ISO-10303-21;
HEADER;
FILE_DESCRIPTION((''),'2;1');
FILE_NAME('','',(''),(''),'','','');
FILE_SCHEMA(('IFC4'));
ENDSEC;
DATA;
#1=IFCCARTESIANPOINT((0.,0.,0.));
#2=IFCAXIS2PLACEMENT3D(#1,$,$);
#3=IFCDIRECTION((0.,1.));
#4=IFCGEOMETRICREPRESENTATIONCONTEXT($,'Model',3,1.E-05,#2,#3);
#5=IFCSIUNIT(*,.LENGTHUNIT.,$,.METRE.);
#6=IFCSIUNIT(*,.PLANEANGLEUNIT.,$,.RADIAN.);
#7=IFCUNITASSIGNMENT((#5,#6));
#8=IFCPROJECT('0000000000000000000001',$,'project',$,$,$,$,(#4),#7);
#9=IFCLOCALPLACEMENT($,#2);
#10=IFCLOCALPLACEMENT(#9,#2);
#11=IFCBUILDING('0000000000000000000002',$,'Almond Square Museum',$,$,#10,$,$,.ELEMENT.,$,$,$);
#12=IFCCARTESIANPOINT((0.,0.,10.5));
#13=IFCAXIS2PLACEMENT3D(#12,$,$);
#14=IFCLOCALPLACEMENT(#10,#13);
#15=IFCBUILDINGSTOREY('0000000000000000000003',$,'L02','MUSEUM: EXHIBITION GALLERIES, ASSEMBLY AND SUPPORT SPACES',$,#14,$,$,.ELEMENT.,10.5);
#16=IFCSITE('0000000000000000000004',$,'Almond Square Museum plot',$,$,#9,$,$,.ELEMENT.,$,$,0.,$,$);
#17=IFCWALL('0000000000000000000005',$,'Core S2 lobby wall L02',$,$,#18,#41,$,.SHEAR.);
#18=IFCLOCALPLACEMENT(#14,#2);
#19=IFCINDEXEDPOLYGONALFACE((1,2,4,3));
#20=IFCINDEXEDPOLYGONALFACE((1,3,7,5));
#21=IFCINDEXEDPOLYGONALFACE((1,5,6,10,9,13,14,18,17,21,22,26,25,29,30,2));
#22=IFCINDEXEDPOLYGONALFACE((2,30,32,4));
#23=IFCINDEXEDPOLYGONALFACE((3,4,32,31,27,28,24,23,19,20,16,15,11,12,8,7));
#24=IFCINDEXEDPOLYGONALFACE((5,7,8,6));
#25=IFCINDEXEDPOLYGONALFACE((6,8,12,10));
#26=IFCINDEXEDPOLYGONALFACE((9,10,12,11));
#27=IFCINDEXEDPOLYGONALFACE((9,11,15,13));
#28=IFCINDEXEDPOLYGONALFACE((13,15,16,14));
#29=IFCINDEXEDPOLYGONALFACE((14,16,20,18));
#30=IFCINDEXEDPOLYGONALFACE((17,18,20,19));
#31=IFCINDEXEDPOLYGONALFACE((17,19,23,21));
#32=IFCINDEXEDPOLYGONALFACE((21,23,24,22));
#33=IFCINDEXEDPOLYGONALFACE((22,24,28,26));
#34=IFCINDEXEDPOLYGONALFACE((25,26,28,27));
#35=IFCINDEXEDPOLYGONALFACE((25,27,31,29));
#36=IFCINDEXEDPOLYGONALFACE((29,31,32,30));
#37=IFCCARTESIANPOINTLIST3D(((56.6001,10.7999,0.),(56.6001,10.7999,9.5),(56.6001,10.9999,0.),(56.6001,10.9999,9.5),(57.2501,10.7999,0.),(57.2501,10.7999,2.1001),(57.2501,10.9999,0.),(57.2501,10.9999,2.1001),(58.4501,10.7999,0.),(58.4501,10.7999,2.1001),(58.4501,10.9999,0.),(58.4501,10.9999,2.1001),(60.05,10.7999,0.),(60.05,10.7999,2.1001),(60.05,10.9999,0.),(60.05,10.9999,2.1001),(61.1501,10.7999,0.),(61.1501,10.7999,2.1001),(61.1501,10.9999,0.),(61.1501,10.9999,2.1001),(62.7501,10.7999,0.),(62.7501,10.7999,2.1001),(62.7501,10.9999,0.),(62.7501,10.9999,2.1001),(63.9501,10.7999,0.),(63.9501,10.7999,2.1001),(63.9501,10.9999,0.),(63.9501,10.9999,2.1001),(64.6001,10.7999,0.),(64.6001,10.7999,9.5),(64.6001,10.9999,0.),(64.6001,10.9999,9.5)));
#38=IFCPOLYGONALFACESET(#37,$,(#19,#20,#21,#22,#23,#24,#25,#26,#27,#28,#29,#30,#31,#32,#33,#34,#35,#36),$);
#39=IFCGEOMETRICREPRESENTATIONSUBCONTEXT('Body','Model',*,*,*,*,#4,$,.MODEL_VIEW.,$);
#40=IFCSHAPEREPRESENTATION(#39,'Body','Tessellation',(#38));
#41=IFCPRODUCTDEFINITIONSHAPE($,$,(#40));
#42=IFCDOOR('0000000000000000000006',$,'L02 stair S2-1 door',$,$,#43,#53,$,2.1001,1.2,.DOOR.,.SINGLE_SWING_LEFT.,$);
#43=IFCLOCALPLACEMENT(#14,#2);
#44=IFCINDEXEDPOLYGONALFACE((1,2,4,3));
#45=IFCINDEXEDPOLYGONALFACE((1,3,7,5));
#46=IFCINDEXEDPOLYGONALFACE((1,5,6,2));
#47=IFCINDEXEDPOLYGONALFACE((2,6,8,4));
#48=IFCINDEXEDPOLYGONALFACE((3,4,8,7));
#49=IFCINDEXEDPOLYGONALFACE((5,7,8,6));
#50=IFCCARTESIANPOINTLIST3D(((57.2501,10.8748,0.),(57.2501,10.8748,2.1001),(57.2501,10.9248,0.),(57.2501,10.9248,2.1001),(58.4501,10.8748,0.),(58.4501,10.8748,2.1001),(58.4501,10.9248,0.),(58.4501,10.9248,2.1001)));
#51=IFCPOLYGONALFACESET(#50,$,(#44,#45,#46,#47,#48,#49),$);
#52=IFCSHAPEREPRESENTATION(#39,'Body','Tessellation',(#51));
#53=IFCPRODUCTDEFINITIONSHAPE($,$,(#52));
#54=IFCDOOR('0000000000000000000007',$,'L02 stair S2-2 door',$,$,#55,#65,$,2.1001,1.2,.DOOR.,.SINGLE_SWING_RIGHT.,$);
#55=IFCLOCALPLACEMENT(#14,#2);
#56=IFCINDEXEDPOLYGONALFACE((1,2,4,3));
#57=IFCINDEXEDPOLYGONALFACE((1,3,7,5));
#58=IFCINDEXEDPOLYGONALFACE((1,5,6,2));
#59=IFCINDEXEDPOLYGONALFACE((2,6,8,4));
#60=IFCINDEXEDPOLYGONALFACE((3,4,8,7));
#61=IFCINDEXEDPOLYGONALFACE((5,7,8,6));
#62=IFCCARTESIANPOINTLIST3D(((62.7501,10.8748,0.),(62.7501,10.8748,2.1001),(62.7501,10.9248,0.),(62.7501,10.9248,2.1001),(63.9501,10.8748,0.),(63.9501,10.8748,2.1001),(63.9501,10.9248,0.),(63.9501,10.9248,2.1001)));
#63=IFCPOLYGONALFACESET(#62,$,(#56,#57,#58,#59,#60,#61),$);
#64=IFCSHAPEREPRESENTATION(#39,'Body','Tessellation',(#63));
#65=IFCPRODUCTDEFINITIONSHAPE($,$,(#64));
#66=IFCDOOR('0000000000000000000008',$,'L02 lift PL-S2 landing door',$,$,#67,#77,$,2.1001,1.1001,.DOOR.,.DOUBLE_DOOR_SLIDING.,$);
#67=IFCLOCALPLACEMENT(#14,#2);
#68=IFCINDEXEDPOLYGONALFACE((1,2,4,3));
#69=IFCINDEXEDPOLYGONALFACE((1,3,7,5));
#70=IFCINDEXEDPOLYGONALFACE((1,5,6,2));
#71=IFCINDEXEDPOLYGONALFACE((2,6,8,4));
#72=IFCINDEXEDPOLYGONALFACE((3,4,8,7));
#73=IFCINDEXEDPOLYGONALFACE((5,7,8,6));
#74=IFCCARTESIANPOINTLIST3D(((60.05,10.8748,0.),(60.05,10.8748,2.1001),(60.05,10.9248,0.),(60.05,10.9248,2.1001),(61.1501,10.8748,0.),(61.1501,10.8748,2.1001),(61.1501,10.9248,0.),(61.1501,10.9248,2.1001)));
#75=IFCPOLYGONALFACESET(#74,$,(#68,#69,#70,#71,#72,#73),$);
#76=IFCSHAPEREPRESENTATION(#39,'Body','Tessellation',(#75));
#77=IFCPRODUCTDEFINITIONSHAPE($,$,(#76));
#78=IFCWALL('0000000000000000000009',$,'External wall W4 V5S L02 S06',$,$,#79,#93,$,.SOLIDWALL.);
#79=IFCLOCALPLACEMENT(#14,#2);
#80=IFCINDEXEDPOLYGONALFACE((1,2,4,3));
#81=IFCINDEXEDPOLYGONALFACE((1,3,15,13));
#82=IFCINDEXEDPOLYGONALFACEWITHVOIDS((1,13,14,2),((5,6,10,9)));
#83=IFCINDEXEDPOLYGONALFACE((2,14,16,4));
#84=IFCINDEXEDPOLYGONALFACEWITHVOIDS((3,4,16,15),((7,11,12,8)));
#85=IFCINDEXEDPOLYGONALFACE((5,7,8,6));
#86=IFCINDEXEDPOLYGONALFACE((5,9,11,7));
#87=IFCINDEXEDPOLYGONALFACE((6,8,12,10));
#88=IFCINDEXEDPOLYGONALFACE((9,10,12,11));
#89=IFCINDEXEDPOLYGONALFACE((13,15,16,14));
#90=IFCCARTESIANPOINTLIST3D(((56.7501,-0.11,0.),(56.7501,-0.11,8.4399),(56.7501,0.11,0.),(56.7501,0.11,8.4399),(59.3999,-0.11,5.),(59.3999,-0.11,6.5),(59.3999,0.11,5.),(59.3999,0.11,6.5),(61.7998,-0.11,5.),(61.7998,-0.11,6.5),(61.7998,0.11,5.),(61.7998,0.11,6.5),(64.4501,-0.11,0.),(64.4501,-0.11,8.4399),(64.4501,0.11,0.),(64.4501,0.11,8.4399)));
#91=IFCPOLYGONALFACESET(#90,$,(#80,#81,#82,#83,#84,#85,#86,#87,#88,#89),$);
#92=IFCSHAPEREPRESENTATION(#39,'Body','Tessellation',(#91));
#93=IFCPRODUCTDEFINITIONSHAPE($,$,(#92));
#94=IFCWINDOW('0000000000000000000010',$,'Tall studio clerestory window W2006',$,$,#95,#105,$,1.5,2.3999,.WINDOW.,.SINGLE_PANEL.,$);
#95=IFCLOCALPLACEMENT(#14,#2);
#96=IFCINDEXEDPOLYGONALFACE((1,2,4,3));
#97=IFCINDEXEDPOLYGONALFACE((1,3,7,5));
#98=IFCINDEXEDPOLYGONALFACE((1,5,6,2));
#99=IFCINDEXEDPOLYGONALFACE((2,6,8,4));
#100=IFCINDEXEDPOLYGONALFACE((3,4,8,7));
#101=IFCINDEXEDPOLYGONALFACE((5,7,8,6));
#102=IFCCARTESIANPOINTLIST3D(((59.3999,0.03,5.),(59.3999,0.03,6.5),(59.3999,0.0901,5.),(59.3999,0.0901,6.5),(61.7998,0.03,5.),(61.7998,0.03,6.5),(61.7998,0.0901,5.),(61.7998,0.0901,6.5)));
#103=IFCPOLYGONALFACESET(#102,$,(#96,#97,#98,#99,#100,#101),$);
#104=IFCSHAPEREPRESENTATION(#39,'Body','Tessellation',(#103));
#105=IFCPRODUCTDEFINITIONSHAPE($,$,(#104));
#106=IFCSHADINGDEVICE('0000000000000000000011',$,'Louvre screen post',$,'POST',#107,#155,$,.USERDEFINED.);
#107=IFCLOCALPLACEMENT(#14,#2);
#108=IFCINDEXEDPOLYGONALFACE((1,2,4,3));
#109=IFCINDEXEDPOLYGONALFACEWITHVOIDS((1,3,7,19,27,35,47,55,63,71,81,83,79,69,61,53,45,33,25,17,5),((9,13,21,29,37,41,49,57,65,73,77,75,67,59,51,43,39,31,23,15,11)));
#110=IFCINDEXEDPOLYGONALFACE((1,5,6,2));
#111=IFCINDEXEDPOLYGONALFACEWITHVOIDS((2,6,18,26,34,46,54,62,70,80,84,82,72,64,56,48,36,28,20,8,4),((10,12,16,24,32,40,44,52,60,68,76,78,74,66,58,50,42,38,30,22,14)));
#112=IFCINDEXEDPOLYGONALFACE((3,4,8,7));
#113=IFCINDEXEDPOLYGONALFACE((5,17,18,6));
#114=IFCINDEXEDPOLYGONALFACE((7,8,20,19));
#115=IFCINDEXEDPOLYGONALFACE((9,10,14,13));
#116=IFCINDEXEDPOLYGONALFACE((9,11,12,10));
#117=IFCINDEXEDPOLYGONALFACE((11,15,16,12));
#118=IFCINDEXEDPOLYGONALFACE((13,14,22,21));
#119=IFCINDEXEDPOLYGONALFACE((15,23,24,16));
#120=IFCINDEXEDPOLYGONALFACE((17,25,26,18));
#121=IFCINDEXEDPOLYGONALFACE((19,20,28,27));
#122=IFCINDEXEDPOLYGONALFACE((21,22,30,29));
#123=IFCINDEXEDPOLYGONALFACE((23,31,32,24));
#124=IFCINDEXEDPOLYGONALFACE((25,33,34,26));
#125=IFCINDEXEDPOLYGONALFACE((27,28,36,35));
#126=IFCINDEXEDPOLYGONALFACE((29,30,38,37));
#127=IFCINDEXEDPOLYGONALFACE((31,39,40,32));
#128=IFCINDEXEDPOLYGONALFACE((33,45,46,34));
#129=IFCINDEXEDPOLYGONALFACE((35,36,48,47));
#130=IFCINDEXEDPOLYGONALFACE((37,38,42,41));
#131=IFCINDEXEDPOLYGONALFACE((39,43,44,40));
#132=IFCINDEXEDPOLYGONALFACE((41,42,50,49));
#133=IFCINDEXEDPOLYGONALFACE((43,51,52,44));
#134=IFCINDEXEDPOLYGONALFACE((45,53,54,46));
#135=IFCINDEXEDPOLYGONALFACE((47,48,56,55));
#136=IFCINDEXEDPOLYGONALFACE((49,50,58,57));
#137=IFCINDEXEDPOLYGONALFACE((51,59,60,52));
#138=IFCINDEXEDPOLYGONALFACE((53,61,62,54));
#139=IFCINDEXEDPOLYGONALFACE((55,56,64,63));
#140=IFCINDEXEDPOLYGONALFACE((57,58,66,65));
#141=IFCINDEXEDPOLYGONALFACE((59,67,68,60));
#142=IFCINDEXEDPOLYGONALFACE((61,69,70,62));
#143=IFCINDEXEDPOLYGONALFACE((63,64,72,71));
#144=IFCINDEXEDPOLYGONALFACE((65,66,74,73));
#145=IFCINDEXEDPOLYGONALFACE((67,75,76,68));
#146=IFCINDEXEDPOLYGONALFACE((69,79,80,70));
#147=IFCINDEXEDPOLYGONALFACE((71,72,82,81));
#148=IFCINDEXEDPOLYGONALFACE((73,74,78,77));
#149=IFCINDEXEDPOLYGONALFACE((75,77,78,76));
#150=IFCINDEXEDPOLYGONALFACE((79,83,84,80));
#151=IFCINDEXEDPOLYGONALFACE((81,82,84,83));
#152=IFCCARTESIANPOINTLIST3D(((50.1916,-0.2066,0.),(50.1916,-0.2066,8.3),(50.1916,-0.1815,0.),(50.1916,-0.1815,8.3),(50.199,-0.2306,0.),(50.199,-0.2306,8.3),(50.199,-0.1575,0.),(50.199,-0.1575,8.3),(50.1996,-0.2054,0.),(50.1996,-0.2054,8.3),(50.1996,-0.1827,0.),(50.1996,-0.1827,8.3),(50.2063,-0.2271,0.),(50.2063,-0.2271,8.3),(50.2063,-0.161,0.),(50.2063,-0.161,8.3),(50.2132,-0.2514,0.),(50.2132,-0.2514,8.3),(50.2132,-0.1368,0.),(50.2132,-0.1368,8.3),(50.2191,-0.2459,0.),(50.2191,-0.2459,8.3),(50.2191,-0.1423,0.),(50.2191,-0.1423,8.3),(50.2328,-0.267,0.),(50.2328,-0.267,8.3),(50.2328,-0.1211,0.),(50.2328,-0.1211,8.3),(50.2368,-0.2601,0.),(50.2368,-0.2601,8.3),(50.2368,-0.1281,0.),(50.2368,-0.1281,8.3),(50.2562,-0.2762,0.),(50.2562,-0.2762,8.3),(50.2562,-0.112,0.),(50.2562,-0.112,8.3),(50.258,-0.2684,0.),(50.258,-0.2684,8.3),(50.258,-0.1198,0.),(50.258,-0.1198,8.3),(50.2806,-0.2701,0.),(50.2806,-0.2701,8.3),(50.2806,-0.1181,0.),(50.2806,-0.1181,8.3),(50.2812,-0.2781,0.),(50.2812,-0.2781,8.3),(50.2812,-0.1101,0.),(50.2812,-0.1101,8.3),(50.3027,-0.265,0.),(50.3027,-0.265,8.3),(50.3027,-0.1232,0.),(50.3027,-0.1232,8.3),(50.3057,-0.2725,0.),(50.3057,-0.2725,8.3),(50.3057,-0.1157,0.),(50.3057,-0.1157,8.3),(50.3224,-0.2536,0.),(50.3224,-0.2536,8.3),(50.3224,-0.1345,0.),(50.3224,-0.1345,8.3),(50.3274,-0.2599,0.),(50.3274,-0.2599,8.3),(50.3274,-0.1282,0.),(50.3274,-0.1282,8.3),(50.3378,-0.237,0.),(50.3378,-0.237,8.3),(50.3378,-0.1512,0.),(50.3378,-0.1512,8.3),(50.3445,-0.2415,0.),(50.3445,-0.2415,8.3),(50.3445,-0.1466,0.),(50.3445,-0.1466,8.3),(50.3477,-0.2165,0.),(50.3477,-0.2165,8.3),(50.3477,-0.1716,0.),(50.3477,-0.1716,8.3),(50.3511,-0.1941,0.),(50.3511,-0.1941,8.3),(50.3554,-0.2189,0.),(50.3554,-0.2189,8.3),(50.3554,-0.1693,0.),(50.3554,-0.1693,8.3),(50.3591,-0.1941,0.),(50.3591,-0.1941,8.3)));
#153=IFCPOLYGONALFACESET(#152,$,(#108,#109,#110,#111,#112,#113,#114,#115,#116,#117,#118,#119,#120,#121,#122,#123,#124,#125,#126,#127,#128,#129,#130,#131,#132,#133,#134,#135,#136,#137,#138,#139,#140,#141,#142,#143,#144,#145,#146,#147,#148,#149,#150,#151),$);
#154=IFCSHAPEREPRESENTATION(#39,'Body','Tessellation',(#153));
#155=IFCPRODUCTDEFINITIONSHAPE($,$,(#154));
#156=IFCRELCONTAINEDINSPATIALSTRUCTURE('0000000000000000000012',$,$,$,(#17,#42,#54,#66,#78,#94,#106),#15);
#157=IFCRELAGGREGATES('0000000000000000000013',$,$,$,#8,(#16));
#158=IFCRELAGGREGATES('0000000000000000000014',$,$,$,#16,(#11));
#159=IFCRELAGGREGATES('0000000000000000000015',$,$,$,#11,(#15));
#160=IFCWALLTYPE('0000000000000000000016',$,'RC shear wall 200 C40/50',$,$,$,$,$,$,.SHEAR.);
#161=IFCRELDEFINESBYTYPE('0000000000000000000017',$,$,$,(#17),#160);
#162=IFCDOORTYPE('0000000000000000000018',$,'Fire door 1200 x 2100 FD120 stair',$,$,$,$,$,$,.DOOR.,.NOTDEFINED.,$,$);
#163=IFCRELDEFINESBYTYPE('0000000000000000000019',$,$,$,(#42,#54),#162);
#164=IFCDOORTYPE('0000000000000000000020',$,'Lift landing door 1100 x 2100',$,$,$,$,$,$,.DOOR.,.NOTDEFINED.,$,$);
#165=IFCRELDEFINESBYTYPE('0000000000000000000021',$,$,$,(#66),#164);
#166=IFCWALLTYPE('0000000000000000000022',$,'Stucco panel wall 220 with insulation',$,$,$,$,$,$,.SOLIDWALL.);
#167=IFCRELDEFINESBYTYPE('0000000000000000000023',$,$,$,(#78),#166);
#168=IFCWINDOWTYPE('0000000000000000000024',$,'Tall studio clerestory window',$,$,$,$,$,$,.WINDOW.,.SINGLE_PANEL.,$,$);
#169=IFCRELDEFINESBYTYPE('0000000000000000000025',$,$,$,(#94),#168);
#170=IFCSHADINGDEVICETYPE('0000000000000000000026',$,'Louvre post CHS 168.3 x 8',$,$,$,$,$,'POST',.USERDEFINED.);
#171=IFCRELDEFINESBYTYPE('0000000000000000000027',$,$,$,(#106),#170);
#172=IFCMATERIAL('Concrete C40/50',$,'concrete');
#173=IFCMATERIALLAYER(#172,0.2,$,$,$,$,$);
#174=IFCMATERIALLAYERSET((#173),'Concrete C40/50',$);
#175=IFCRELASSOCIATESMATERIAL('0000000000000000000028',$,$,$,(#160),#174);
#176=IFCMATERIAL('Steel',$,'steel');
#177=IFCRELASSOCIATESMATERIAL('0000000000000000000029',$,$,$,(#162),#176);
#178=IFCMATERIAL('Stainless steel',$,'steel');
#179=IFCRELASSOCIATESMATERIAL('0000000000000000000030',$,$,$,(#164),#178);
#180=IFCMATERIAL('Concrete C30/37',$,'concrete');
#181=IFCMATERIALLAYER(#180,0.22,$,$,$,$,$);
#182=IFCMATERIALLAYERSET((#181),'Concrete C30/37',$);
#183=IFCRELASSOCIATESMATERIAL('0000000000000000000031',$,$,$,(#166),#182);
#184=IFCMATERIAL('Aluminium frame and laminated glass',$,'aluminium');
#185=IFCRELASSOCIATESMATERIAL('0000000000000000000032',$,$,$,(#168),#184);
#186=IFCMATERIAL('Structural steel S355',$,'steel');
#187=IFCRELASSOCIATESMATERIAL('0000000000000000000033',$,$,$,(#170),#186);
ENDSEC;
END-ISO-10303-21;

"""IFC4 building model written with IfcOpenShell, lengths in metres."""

from ifc_helpers import new_model, si_unit, direction, frame, frame_2d, origin, origin_2d, place, context, subcontext, project, spatial, rectangle, hollow_circle, extrude, material, layer, layer_set, material_profile, profile_set, type_object, element, fill, save


model = new_model("IFC4")

# Units and contexts
model_context = context("Model", 3, precision=1e-05, world=origin(), true_north=direction((0.0, 1.0)))
body_context = subcontext(model_context, "Body", "Model", "MODEL_VIEW")
ifc_project = project(units=[si_unit("LENGTHUNIT", "METRE"), si_unit("PLANEANGLEUNIT", "RADIAN")], contexts=[model_context])

# Site, building, storey
site_placement = place(None, origin())
site = spatial("IfcSite", under=ifc_project, at=site_placement, Name="Almond Square Museum plot", CompositionType="ELEMENT", RefElevation=0.0)
building_placement = place(site_placement, origin())
building = spatial("IfcBuilding", under=site, at=building_placement, Name="Almond Square Museum", CompositionType="ELEMENT")
storey_placement = place(building_placement, frame((0.0, 0.0, 10.5)))
storey = spatial("IfcBuildingStorey", under=building, at=storey_placement, Name="L02", Description="MUSEUM: EXHIBITION GALLERIES, ASSEMBLY AND SUPPORT SPACES", CompositionType="ELEMENT", Elevation=10.5)

# Shared definitions
ifc_material_1 = material(Name="Concrete C40/50", Category="concrete")
ifc_layer_1 = layer(ifc_material_1, 0.2)
ifc_layer_set_1 = layer_set([ifc_layer_1], Name="Concrete C40/50")
wall_type_1 = type_object("IfcWallType", Name="RC shear wall 200 C40/50", PredefinedType="SHEAR", material=ifc_layer_set_1)

# Wall, openings, doors
wall_1_placement = place(storey_placement, frame((56.6001, 10.8999, 0.0), z_axis=(0.0, 0.0, 1.0), x_axis=(1.0, 0.0, 0.0)))
wall_1 = element("IfcWall", 1, at=wall_1_placement, inside=storey, type_object=wall_type_1, Name="Core S2 lobby wall L02", PredefinedType="SHEAR", context=body_context, shape_type="SweptSolid", body=[
    extrude(rectangle(XDim=8.0, YDim=0.2, at=frame_2d((4.0, 0.0))), origin(), (0.0, 0.0, 1.0), 9.5),
])
opening_1_placement = place(wall_1_placement, frame((0.6499, 0.0, 0.0)))
opening_1 = element("IfcOpeningElement", 2, at=opening_1_placement, cuts=wall_1, PredefinedType="OPENING", context=body_context, shape_type="SweptSolid", body=[
    extrude(rectangle(XDim=1.2, YDim=2.1001, at=frame_2d((0.6001, 1.05))), frame((0.0, 0.1099, 0.0), z_axis=(0.0, -1.0, 0.0), x_axis=(1.0, 0.0, 0.0)), (0.0, 0.0, 1.0), 0.22),
])
opening_2_placement = place(wall_1_placement, frame((6.1499, 0.0, 0.0)))
opening_2 = element("IfcOpeningElement", 3, at=opening_2_placement, cuts=wall_1, PredefinedType="OPENING", context=body_context, shape_type="SweptSolid", body=[
    extrude(rectangle(XDim=1.2, YDim=2.1001, at=frame_2d((0.6001, 1.05))), frame((0.0, 0.1099, 0.0), z_axis=(0.0, -1.0, 0.0), x_axis=(1.0, 0.0, 0.0)), (0.0, 0.0, 1.0), 0.22),
])
opening_3_placement = place(wall_1_placement, frame((3.45, 0.0, 0.0)))
opening_3 = element("IfcOpeningElement", 4, at=opening_3_placement, cuts=wall_1, PredefinedType="OPENING", context=body_context, shape_type="SweptSolid", body=[
    extrude(rectangle(XDim=1.1001, YDim=2.1001, at=frame_2d((0.55, 1.05))), frame((0.0, 0.1099, 0.0), z_axis=(0.0, -1.0, 0.0), x_axis=(1.0, 0.0, 0.0)), (0.0, 0.0, 1.0), 0.22),
])
ifc_material_2 = material(Name="Steel", Category="steel")
door_type_1 = type_object("IfcDoorType", Name="Fire door 1200 x 2100 FD120 stair", OperationType="NOTDEFINED", PredefinedType="DOOR", material=ifc_material_2)
door_1_placement = place(opening_1_placement, origin())
door_1 = element("IfcDoor", 5, at=door_1_placement, inside=storey, type_object=door_type_1, Name="L02 stair S2-1 door", OperationType="SINGLE_SWING_LEFT", OverallHeight=2.1001, OverallWidth=1.2, PredefinedType="DOOR", context=body_context, shape_type="SweptSolid", body=[
    extrude(rectangle(XDim=1.2, YDim=2.1001, at=frame_2d((0.6001, 1.05))), frame((0.0, 0.0249, 0.0), z_axis=(0.0, -1.0, 0.0), x_axis=(1.0, 0.0, 0.0)), (0.0, 0.0, 1.0), 0.05),
])
fill(opening_1, door_1)
door_2_placement = place(opening_2_placement, origin())
door_2 = element("IfcDoor", 6, at=door_2_placement, inside=storey, type_object=door_type_1, Name="L02 stair S2-2 door", OperationType="SINGLE_SWING_RIGHT", OverallHeight=2.1001, OverallWidth=1.2, PredefinedType="DOOR", context=body_context, shape_type="SweptSolid", body=[
    extrude(rectangle(XDim=1.2, YDim=2.1001, at=frame_2d((0.6001, 1.05))), frame((0.0, 0.0249, 0.0), z_axis=(0.0, -1.0, 0.0), x_axis=(1.0, 0.0, 0.0)), (0.0, 0.0, 1.0), 0.05),
])
fill(opening_2, door_2)
ifc_material_3 = material(Name="Stainless steel", Category="steel")
door_type_2 = type_object("IfcDoorType", Name="Lift landing door 1100 x 2100", OperationType="NOTDEFINED", PredefinedType="DOOR", material=ifc_material_3)
door_3_placement = place(opening_3_placement, origin())
door_3 = element("IfcDoor", 7, at=door_3_placement, inside=storey, type_object=door_type_2, Name="L02 lift PL-S2 landing door", OperationType="DOUBLE_DOOR_SLIDING", OverallHeight=2.1001, OverallWidth=1.1001, PredefinedType="DOOR", context=body_context, shape_type="SweptSolid", body=[
    extrude(rectangle(XDim=1.1001, YDim=2.1001, at=frame_2d((0.55, 1.05))), frame((0.0, 0.0249, 0.0), z_axis=(0.0, -1.0, 0.0), x_axis=(1.0, 0.0, 0.0)), (0.0, 0.0, 1.0), 0.05),
])
fill(opening_3, door_3)

# Wall, opening, window
ifc_material_4 = material(Name="Concrete C30/37", Category="concrete")
ifc_layer_2 = layer(ifc_material_4, 0.22)
ifc_layer_set_2 = layer_set([ifc_layer_2], Name="Concrete C30/37")
wall_type_2 = type_object("IfcWallType", Name="Stucco panel wall 220 with insulation", PredefinedType="SOLIDWALL", material=ifc_layer_set_2)
wall_2_placement = place(storey_placement, frame((56.75, 0.0, 0.0), z_axis=(0.0, 0.0, 1.0), x_axis=(1.0, 0.0, 0.0)))
wall_2 = element("IfcWall", 8, at=wall_2_placement, inside=storey, type_object=wall_type_2, Name="External wall W4 V5S L02 S06", PredefinedType="SOLIDWALL", context=body_context, shape_type="SweptSolid", body=[
    extrude(rectangle(XDim=7.7, YDim=0.22, at=frame_2d((3.8501, 0.0))), origin(), (0.0, 0.0, 1.0), 8.4399),
])
opening_4_placement = place(wall_2_placement, frame((2.6499, 0.0, 5.0)))
opening_4 = element("IfcOpeningElement", 9, at=opening_4_placement, cuts=wall_2, PredefinedType="OPENING", context=body_context, shape_type="SweptSolid", body=[
    extrude(rectangle(XDim=2.3999, YDim=1.5, at=frame_2d((1.2, 0.75))), frame((0.0, 0.1199, 0.0), z_axis=(0.0, -1.0, 0.0), x_axis=(1.0, 0.0, 0.0)), (0.0, 0.0, 1.0), 0.24),
])
ifc_material_5 = material(Name="Aluminium frame and laminated glass", Category="aluminium")
window_type = type_object("IfcWindowType", Name="Tall studio clerestory window", PartitioningType="SINGLE_PANEL", PredefinedType="WINDOW", material=ifc_material_5)
window_placement = place(opening_4_placement, origin())
window = element("IfcWindow", 10, at=window_placement, inside=storey, type_object=window_type, Name="Tall studio clerestory window W2006", OverallHeight=1.5, OverallWidth=2.3999, PartitioningType="SINGLE_PANEL", PredefinedType="WINDOW", context=body_context, shape_type="SweptSolid", body=[
    extrude(rectangle(XDim=2.3999, YDim=1.5, at=frame_2d((1.2, 0.75))), frame((0.0, 0.0901, 0.0), z_axis=(0.0, -1.0, 0.0), x_axis=(1.0, 0.0, 0.0)), (0.0, 0.0, 1.0), 0.0601),
])
fill(opening_4, window)

# Shading device
ifc_material_6 = material(Name="Structural steel S355", Category="steel")
ifc_material_profile_1 = material_profile(ifc_material_6, hollow_circle(Radius=0.0842, WallThickness=0.0081, at=origin_2d()))
ifc_profile_set_1 = profile_set([ifc_material_profile_1], Name="Structural steel S355")
shading_device_type = type_object("IfcShadingDeviceType", Name="Louvre post CHS 168.3 x 8", ElementType="POST", PredefinedType="USERDEFINED", material=ifc_profile_set_1)
for number, where, z_axis, x_axis, name in (
    (11, (50.2749, -0.1941, 0.0), (0.0, 0.0, 1.0), (1.0, 0.0, 0.0), "Louvre screen post"),
):
    element("IfcShadingDevice", number, at=place(storey_placement, frame(where, z_axis=z_axis, x_axis=x_axis)), inside=storey, type_object=shading_device_type, Name=name, ObjectType="POST", PredefinedType="USERDEFINED", context=body_context, shape_type="SweptSolid", body=[
        extrude(hollow_circle(Radius=0.0842, WallThickness=0.0081, at=origin_2d()), origin(), (0.0, 0.0, 1.0), 8.3),
    ])

save(model, "model.ifc")
